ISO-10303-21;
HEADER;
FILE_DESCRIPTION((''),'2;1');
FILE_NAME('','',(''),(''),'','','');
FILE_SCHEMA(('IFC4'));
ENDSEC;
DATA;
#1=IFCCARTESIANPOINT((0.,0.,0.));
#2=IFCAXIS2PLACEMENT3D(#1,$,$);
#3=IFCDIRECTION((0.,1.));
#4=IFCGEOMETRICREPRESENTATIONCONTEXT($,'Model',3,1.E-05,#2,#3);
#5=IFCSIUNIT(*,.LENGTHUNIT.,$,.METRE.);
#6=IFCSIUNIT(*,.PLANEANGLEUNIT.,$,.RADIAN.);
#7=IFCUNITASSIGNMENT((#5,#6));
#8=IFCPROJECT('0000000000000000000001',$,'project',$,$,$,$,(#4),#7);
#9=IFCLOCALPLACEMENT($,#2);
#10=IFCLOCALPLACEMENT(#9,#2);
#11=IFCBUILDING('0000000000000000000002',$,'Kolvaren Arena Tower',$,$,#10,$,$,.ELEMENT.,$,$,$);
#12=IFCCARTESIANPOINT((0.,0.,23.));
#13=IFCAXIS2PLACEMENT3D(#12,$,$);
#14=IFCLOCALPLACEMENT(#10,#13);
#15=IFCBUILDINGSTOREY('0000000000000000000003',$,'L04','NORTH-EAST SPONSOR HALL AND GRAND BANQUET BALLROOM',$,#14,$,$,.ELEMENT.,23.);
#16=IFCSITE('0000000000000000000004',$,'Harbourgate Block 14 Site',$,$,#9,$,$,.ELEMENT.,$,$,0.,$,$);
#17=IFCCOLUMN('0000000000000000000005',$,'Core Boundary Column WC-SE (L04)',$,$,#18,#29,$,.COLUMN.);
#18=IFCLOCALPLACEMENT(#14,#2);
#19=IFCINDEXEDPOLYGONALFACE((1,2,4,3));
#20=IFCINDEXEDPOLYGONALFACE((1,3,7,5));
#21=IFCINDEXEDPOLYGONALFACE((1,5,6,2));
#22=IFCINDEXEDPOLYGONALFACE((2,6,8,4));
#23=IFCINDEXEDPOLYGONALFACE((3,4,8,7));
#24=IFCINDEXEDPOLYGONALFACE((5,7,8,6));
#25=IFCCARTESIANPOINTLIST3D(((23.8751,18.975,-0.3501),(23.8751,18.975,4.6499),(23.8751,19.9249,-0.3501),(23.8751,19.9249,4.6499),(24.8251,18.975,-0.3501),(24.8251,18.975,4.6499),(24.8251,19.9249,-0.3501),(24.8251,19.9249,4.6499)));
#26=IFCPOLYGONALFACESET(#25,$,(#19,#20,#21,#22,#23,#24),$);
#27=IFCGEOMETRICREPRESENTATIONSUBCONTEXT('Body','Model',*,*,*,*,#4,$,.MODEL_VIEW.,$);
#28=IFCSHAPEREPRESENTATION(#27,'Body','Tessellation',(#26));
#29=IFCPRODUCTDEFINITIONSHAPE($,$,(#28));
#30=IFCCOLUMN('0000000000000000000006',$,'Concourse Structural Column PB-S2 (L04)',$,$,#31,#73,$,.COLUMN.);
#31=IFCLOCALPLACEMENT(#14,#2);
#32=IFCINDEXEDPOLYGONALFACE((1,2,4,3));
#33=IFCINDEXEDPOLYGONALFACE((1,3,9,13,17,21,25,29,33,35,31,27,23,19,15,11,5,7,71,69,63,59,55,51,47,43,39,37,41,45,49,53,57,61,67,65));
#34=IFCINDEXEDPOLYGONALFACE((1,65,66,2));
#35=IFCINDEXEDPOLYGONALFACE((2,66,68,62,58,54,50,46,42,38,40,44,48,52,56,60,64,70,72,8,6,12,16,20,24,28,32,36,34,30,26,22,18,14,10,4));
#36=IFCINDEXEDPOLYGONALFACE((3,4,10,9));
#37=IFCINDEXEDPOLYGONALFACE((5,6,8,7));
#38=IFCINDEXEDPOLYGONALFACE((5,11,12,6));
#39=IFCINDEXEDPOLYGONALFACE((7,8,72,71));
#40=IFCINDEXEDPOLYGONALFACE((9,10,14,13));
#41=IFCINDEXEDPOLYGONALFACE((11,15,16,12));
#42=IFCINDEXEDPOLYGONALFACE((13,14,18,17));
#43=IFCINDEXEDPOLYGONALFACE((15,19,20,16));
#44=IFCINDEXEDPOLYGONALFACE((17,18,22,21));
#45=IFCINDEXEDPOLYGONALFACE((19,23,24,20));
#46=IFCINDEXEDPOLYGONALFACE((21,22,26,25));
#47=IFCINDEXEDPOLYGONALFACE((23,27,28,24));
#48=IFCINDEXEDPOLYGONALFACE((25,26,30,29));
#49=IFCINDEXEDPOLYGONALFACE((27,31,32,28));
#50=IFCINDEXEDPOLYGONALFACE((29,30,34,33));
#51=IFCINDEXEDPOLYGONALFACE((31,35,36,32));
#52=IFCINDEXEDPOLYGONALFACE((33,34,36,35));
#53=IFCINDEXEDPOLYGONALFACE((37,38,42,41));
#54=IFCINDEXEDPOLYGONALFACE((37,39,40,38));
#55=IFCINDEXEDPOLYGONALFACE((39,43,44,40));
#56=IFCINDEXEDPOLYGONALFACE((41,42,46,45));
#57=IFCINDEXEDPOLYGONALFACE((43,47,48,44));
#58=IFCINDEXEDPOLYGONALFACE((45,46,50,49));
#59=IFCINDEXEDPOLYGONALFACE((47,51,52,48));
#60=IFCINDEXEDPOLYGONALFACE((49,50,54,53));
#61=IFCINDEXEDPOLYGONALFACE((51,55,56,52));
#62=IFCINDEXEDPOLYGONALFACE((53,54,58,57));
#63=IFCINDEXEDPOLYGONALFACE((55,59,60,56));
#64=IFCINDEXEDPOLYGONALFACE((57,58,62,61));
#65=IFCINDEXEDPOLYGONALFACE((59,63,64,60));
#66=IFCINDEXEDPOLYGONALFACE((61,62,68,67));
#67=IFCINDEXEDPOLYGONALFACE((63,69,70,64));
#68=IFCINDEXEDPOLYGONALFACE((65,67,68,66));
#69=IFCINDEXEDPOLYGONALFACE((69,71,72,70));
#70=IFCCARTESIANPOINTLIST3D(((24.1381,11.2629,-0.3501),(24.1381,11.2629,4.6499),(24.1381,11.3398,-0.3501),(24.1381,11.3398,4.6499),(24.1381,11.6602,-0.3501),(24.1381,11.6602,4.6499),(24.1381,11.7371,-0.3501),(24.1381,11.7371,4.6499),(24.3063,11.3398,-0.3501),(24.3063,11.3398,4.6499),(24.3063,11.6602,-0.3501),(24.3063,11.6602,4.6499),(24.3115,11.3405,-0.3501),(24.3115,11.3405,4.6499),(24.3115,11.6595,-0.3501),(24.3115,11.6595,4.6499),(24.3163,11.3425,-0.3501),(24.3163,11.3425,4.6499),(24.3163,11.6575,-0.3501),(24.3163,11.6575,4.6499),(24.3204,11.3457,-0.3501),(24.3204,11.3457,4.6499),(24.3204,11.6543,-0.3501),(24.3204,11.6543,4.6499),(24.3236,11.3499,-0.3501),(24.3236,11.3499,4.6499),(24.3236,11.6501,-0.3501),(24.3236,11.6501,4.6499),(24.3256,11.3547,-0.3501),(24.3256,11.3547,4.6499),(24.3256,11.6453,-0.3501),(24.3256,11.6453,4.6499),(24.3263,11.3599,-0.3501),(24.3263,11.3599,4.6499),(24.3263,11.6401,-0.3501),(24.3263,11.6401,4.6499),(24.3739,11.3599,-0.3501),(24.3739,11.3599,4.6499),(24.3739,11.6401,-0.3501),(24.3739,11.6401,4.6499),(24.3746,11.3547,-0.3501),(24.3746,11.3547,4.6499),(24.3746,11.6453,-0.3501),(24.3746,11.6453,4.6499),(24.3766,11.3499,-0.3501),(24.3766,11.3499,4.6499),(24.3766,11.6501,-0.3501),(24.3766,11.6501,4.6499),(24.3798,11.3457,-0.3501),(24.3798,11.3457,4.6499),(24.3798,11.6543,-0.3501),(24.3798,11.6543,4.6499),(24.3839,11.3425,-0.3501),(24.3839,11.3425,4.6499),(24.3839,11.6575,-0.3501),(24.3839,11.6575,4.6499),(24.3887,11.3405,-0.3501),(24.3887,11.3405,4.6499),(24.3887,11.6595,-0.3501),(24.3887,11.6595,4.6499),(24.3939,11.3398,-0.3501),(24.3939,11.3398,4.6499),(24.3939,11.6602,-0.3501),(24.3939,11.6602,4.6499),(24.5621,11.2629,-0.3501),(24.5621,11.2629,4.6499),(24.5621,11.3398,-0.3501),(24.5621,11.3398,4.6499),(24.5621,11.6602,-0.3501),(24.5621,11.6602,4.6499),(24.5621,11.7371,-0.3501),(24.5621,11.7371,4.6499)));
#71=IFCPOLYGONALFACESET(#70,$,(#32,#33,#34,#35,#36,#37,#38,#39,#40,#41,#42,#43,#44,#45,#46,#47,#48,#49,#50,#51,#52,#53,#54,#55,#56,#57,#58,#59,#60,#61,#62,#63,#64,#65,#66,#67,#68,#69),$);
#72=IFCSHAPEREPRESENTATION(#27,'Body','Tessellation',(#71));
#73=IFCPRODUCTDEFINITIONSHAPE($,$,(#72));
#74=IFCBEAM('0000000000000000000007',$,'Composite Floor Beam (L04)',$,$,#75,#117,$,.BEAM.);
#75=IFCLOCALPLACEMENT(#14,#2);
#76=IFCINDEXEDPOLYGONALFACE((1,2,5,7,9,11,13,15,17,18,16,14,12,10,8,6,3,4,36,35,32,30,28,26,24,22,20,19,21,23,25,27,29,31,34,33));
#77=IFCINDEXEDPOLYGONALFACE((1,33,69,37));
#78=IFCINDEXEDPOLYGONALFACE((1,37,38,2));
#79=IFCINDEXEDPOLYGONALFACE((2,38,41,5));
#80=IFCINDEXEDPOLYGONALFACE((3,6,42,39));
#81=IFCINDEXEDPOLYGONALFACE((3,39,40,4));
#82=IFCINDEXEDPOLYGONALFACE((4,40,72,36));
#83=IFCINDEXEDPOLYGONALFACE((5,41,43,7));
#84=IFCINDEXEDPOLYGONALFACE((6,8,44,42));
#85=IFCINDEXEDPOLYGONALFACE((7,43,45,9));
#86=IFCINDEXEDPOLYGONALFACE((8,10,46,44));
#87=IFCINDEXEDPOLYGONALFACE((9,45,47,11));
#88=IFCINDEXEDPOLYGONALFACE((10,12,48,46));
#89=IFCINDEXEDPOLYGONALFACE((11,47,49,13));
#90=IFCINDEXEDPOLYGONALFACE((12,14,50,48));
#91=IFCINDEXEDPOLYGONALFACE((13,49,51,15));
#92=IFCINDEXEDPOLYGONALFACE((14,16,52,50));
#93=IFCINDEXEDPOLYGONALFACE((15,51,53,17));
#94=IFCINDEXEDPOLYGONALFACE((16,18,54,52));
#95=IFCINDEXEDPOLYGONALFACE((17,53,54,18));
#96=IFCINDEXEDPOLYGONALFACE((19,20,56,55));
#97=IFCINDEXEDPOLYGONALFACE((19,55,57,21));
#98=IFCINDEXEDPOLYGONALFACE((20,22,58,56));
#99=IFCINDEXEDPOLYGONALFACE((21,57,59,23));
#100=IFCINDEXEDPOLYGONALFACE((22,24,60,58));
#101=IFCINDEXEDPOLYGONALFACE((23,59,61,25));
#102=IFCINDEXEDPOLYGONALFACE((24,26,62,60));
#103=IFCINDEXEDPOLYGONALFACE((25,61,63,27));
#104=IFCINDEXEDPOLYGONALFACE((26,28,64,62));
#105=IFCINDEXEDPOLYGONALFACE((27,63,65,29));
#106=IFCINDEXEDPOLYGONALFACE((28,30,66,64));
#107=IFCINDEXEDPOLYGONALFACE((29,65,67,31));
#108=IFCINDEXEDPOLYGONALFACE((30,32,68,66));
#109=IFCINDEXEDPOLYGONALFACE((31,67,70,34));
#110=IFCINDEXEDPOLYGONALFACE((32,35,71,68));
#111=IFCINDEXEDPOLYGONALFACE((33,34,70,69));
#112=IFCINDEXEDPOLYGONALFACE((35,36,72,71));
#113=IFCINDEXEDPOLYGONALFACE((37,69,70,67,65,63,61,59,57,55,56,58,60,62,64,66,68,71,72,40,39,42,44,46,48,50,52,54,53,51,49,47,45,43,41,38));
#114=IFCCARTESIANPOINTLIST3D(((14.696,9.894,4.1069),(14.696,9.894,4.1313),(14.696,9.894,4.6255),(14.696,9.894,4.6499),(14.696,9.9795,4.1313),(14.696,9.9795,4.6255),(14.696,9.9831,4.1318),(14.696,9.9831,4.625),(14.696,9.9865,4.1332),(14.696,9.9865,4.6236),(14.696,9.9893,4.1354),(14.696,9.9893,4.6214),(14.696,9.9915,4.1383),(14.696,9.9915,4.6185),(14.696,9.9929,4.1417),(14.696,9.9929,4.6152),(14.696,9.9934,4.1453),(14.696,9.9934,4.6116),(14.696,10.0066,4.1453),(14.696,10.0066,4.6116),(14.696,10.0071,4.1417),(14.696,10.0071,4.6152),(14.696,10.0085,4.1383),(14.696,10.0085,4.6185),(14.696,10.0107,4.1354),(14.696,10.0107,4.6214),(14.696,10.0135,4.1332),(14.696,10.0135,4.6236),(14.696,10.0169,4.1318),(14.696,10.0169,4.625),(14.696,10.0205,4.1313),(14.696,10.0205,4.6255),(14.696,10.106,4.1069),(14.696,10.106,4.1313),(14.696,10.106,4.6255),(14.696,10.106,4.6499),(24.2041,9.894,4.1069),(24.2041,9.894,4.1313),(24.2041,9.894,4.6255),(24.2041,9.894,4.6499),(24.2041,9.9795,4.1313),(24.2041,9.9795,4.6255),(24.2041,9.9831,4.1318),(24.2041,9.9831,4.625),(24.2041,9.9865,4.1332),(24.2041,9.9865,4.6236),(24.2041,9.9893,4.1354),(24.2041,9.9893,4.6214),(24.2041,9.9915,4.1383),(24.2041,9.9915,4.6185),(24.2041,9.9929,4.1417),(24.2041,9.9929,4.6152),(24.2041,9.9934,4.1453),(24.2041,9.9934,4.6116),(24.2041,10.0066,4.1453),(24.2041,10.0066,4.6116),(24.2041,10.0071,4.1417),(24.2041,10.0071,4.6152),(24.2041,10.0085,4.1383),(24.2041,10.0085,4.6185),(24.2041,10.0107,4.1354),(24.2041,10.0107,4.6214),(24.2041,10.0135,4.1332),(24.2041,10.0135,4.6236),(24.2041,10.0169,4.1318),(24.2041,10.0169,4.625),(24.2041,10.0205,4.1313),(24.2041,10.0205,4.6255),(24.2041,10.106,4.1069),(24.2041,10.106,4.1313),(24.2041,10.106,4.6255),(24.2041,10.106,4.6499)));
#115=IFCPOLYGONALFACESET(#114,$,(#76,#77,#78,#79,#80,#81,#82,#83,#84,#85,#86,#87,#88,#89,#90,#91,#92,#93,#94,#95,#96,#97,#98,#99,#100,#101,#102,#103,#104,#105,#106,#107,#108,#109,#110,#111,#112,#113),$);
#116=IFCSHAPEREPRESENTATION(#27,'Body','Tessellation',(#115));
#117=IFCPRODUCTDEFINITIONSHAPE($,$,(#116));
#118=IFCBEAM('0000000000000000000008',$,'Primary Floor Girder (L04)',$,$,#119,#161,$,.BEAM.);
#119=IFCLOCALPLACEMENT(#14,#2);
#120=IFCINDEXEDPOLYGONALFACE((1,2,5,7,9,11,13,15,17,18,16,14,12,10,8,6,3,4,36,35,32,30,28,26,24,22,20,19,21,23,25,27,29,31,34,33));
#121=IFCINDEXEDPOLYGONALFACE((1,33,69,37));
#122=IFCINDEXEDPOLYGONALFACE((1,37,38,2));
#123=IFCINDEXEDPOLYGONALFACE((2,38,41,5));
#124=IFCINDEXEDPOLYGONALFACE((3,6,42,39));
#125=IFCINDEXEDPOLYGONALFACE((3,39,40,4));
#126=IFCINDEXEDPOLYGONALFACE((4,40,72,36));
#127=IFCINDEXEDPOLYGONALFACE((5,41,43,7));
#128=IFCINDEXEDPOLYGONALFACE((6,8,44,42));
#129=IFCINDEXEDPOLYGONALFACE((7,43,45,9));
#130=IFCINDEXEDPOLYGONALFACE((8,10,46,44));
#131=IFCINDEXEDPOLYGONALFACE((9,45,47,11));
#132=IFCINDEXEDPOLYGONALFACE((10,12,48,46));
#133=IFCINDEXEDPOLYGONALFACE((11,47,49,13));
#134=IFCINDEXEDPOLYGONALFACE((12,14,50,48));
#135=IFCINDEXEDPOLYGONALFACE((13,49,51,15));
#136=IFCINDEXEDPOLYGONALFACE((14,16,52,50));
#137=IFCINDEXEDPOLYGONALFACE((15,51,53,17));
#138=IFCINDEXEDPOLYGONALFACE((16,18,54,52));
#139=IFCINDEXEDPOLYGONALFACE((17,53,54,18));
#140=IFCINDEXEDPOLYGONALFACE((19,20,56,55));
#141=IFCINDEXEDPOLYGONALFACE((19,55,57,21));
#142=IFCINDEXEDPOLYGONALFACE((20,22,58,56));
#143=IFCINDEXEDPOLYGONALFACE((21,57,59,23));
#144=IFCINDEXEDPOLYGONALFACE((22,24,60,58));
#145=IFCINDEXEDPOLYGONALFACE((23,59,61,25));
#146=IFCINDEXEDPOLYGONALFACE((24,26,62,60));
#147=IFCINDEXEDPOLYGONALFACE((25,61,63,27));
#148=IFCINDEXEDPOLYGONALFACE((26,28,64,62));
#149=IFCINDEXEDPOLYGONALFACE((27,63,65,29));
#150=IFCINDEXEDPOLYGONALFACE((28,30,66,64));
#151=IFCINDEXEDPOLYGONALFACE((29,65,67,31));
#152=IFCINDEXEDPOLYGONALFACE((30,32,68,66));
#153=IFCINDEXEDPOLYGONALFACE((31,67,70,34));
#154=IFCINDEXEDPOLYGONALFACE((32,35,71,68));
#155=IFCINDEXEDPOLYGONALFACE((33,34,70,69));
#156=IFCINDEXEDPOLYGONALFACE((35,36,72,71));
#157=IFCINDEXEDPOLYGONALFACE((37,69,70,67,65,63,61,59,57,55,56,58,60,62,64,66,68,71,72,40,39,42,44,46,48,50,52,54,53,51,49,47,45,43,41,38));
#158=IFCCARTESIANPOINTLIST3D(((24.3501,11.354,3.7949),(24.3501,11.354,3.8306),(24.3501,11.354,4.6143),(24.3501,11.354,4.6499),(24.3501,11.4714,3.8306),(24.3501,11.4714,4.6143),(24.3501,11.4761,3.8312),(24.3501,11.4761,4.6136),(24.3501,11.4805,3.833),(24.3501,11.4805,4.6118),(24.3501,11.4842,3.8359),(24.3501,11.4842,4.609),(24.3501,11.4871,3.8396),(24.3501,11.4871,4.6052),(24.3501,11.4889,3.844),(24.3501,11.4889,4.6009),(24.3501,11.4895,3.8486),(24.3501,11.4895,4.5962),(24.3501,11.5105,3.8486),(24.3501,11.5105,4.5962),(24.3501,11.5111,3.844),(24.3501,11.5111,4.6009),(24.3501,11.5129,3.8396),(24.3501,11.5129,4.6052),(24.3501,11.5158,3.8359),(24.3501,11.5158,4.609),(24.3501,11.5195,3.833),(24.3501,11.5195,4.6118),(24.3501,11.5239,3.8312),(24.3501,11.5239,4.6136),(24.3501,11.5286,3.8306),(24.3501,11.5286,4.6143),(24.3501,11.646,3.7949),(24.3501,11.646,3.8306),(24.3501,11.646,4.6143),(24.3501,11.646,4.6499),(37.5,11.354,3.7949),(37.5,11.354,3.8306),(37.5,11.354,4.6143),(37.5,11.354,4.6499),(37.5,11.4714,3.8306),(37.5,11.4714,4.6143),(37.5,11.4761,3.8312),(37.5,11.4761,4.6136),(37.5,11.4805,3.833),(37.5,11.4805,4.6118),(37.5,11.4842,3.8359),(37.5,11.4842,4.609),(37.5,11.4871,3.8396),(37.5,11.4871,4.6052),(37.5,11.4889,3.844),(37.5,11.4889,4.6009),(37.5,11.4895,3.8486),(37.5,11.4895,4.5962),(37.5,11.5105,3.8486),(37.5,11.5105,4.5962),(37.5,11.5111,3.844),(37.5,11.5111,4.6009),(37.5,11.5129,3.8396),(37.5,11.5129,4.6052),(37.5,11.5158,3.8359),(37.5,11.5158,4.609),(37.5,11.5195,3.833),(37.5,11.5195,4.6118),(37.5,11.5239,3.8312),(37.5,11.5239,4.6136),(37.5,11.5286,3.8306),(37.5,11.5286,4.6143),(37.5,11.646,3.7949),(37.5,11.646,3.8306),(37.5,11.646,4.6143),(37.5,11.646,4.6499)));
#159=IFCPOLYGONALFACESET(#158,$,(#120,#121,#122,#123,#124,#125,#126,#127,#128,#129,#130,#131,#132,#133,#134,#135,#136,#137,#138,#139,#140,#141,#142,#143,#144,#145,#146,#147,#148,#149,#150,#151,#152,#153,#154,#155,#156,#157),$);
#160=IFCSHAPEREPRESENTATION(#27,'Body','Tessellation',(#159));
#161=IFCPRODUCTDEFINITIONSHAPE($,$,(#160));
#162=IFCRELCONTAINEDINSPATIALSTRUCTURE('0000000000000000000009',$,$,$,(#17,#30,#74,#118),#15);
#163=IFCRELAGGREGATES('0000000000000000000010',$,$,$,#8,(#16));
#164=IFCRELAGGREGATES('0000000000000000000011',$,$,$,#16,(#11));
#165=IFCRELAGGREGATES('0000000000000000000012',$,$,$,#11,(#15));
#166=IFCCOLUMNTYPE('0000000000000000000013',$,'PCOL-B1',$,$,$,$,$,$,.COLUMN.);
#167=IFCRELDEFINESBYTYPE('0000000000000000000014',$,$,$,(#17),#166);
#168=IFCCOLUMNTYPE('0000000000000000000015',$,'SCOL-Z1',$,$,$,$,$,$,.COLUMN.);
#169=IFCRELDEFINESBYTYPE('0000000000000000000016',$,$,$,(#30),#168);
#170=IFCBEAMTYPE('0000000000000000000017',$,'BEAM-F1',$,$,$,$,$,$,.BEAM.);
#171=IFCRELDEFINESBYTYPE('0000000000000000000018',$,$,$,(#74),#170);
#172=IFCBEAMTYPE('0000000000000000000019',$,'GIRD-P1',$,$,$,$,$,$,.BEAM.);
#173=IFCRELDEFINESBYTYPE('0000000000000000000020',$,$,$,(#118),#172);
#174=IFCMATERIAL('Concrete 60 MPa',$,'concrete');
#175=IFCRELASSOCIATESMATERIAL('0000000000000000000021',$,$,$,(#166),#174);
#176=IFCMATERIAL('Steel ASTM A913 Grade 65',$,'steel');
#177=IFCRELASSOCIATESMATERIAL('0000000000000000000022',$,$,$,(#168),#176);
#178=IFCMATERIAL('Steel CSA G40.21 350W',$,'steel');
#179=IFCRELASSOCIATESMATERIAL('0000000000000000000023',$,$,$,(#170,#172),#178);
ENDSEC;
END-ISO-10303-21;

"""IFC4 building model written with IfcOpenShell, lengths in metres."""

from ifc_helpers import new_model, si_unit, direction, frame, origin, origin_2d, place, context, subcontext, project, spatial, rectangle, i_section, extrude, material, material_profile, profile_set, type_object, element, save


model = new_model("IFC4")

# Units and contexts
model_context = context("Model", 3, precision=1e-05, world=origin(), true_north=direction((0.0, 1.0)))
body_context = subcontext(model_context, "Body", "Model", "MODEL_VIEW")
ifc_project = project(units=[si_unit("LENGTHUNIT", "METRE"), si_unit("PLANEANGLEUNIT", "RADIAN")], contexts=[model_context])

# Site, building, storey
site_placement = place(None, origin())
site = spatial("IfcSite", under=ifc_project, at=site_placement, Name="Harbourgate Block 14 Site", CompositionType="ELEMENT", RefElevation=0.0)
building_placement = place(site_placement, origin())
building = spatial("IfcBuilding", under=site, at=building_placement, Name="Kolvaren Arena Tower", CompositionType="ELEMENT")
storey_placement = place(building_placement, frame((0.0, 0.0, 23.0)))
storey = spatial("IfcBuildingStorey", under=building, at=storey_placement, Name="L04", Description="NORTH-EAST SPONSOR HALL AND GRAND BANQUET BALLROOM", CompositionType="ELEMENT", Elevation=23.0)

# Columns
ifc_material_1 = material(Name="Concrete 60 MPa", Category="concrete")
ifc_material_profile_1 = material_profile(ifc_material_1, rectangle(XDim=0.95, YDim=0.95, at=origin_2d()), Name="RC-950x950")
ifc_profile_set_1 = profile_set([ifc_material_profile_1], Name="Concrete 60 MPa")
column_type_1 = type_object("IfcColumnType", Name="PCOL-B1", PredefinedType="COLUMN", material=ifc_profile_set_1)
column_1_placement = place(storey_placement, frame((24.3501, 19.45, -0.3501), z_axis=(0.0, 0.0, 1.0), x_axis=(1.0, 0.0, 0.0)))
element("IfcColumn", 1, at=column_1_placement, inside=storey, type_object=column_type_1, Name="Core Boundary Column WC-SE (L04)", PredefinedType="COLUMN", context=body_context, shape_type="SweptSolid", body=[
    extrude(rectangle(XDim=0.95, YDim=0.95, at=origin_2d()), origin(), (0.0, 0.0, 1.0), 5.0),
])
ifc_material_2 = material(Name="Steel ASTM A913 Grade 65", Category="steel")
ifc_material_profile_2 = material_profile(ifc_material_2, i_section(OverallWidth=0.4241, OverallDepth=0.4741, WebThickness=0.0476, FlangeThickness=0.0769, FilletRadius=0.02, at=origin_2d()), Name="W360x634")
ifc_profile_set_2 = profile_set([ifc_material_profile_2], Name="Steel ASTM A913 Grade 65")
column_type_2 = type_object("IfcColumnType", Name="SCOL-Z1", PredefinedType="COLUMN", material=ifc_profile_set_2)
column_2_placement = place(storey_placement, frame((24.3501, 11.5, -0.3501), z_axis=(0.0, 0.0, 1.0), x_axis=(1.0, 0.0, 0.0)))
element("IfcColumn", 2, at=column_2_placement, inside=storey, type_object=column_type_2, Name="Concourse Structural Column PB-S2 (L04)", PredefinedType="COLUMN", context=body_context, shape_type="SweptSolid", body=[
    extrude(i_section(OverallWidth=0.4241, OverallDepth=0.4741, WebThickness=0.0476, FlangeThickness=0.0769, FilletRadius=0.02, at=origin_2d()), origin(), (0.0, 0.0, 1.0), 5.0),
])

# Beams
ifc_material_3 = material(Name="Steel CSA G40.21 350W", Category="steel")
ifc_material_profile_3 = material_profile(ifc_material_3, i_section(OverallWidth=0.2119, OverallDepth=0.543, WebThickness=0.0132, FlangeThickness=0.0244, FilletRadius=0.0139, at=origin_2d()), Name="W530x150")
ifc_profile_set_3 = profile_set([ifc_material_profile_3], Name="Steel CSA G40.21 350W")
beam_type_1 = type_object("IfcBeamType", Name="BEAM-F1", PredefinedType="BEAM", material=ifc_profile_set_3)
beam_1_placement = place(storey_placement, frame((14.696, 10.0, 4.3784), z_axis=(1.0, 0.0, 0.0), x_axis=(0.0, 1.0, 0.0)))
element("IfcBeam", 3, at=beam_1_placement, inside=storey, type_object=beam_type_1, Name="Composite Floor Beam (L04)", PredefinedType="BEAM", context=body_context, shape_type="SweptSolid", body=[
    extrude(i_section(OverallWidth=0.2119, OverallDepth=0.543, WebThickness=0.0132, FlangeThickness=0.0244, FilletRadius=0.0139, at=origin_2d()), origin(), (0.0, 0.0, 1.0), 9.5081),
])
ifc_material_profile_4 = material_profile(ifc_material_3, i_section(OverallWidth=0.292, OverallDepth=0.855, WebThickness=0.021, FlangeThickness=0.0356, FilletRadius=0.0181, at=origin_2d()), Name="W840x299")
ifc_profile_set_4 = profile_set([ifc_material_profile_4], Name="Steel CSA G40.21 350W")
beam_type_2 = type_object("IfcBeamType", Name="GIRD-P1", PredefinedType="BEAM", material=ifc_profile_set_4)
beam_2_placement = place(storey_placement, frame((24.3501, 11.5, 4.2224), z_axis=(1.0, 0.0, 0.0), x_axis=(0.0, 1.0, 0.0)))
element("IfcBeam", 4, at=beam_2_placement, inside=storey, type_object=beam_type_2, Name="Primary Floor Girder (L04)", PredefinedType="BEAM", context=body_context, shape_type="SweptSolid", body=[
    extrude(i_section(OverallWidth=0.292, OverallDepth=0.855, WebThickness=0.021, FlangeThickness=0.0356, FilletRadius=0.0181, at=origin_2d()), origin(), (0.0, 0.0, 1.0), 13.1499),
])

save(model, "model.ifc")
